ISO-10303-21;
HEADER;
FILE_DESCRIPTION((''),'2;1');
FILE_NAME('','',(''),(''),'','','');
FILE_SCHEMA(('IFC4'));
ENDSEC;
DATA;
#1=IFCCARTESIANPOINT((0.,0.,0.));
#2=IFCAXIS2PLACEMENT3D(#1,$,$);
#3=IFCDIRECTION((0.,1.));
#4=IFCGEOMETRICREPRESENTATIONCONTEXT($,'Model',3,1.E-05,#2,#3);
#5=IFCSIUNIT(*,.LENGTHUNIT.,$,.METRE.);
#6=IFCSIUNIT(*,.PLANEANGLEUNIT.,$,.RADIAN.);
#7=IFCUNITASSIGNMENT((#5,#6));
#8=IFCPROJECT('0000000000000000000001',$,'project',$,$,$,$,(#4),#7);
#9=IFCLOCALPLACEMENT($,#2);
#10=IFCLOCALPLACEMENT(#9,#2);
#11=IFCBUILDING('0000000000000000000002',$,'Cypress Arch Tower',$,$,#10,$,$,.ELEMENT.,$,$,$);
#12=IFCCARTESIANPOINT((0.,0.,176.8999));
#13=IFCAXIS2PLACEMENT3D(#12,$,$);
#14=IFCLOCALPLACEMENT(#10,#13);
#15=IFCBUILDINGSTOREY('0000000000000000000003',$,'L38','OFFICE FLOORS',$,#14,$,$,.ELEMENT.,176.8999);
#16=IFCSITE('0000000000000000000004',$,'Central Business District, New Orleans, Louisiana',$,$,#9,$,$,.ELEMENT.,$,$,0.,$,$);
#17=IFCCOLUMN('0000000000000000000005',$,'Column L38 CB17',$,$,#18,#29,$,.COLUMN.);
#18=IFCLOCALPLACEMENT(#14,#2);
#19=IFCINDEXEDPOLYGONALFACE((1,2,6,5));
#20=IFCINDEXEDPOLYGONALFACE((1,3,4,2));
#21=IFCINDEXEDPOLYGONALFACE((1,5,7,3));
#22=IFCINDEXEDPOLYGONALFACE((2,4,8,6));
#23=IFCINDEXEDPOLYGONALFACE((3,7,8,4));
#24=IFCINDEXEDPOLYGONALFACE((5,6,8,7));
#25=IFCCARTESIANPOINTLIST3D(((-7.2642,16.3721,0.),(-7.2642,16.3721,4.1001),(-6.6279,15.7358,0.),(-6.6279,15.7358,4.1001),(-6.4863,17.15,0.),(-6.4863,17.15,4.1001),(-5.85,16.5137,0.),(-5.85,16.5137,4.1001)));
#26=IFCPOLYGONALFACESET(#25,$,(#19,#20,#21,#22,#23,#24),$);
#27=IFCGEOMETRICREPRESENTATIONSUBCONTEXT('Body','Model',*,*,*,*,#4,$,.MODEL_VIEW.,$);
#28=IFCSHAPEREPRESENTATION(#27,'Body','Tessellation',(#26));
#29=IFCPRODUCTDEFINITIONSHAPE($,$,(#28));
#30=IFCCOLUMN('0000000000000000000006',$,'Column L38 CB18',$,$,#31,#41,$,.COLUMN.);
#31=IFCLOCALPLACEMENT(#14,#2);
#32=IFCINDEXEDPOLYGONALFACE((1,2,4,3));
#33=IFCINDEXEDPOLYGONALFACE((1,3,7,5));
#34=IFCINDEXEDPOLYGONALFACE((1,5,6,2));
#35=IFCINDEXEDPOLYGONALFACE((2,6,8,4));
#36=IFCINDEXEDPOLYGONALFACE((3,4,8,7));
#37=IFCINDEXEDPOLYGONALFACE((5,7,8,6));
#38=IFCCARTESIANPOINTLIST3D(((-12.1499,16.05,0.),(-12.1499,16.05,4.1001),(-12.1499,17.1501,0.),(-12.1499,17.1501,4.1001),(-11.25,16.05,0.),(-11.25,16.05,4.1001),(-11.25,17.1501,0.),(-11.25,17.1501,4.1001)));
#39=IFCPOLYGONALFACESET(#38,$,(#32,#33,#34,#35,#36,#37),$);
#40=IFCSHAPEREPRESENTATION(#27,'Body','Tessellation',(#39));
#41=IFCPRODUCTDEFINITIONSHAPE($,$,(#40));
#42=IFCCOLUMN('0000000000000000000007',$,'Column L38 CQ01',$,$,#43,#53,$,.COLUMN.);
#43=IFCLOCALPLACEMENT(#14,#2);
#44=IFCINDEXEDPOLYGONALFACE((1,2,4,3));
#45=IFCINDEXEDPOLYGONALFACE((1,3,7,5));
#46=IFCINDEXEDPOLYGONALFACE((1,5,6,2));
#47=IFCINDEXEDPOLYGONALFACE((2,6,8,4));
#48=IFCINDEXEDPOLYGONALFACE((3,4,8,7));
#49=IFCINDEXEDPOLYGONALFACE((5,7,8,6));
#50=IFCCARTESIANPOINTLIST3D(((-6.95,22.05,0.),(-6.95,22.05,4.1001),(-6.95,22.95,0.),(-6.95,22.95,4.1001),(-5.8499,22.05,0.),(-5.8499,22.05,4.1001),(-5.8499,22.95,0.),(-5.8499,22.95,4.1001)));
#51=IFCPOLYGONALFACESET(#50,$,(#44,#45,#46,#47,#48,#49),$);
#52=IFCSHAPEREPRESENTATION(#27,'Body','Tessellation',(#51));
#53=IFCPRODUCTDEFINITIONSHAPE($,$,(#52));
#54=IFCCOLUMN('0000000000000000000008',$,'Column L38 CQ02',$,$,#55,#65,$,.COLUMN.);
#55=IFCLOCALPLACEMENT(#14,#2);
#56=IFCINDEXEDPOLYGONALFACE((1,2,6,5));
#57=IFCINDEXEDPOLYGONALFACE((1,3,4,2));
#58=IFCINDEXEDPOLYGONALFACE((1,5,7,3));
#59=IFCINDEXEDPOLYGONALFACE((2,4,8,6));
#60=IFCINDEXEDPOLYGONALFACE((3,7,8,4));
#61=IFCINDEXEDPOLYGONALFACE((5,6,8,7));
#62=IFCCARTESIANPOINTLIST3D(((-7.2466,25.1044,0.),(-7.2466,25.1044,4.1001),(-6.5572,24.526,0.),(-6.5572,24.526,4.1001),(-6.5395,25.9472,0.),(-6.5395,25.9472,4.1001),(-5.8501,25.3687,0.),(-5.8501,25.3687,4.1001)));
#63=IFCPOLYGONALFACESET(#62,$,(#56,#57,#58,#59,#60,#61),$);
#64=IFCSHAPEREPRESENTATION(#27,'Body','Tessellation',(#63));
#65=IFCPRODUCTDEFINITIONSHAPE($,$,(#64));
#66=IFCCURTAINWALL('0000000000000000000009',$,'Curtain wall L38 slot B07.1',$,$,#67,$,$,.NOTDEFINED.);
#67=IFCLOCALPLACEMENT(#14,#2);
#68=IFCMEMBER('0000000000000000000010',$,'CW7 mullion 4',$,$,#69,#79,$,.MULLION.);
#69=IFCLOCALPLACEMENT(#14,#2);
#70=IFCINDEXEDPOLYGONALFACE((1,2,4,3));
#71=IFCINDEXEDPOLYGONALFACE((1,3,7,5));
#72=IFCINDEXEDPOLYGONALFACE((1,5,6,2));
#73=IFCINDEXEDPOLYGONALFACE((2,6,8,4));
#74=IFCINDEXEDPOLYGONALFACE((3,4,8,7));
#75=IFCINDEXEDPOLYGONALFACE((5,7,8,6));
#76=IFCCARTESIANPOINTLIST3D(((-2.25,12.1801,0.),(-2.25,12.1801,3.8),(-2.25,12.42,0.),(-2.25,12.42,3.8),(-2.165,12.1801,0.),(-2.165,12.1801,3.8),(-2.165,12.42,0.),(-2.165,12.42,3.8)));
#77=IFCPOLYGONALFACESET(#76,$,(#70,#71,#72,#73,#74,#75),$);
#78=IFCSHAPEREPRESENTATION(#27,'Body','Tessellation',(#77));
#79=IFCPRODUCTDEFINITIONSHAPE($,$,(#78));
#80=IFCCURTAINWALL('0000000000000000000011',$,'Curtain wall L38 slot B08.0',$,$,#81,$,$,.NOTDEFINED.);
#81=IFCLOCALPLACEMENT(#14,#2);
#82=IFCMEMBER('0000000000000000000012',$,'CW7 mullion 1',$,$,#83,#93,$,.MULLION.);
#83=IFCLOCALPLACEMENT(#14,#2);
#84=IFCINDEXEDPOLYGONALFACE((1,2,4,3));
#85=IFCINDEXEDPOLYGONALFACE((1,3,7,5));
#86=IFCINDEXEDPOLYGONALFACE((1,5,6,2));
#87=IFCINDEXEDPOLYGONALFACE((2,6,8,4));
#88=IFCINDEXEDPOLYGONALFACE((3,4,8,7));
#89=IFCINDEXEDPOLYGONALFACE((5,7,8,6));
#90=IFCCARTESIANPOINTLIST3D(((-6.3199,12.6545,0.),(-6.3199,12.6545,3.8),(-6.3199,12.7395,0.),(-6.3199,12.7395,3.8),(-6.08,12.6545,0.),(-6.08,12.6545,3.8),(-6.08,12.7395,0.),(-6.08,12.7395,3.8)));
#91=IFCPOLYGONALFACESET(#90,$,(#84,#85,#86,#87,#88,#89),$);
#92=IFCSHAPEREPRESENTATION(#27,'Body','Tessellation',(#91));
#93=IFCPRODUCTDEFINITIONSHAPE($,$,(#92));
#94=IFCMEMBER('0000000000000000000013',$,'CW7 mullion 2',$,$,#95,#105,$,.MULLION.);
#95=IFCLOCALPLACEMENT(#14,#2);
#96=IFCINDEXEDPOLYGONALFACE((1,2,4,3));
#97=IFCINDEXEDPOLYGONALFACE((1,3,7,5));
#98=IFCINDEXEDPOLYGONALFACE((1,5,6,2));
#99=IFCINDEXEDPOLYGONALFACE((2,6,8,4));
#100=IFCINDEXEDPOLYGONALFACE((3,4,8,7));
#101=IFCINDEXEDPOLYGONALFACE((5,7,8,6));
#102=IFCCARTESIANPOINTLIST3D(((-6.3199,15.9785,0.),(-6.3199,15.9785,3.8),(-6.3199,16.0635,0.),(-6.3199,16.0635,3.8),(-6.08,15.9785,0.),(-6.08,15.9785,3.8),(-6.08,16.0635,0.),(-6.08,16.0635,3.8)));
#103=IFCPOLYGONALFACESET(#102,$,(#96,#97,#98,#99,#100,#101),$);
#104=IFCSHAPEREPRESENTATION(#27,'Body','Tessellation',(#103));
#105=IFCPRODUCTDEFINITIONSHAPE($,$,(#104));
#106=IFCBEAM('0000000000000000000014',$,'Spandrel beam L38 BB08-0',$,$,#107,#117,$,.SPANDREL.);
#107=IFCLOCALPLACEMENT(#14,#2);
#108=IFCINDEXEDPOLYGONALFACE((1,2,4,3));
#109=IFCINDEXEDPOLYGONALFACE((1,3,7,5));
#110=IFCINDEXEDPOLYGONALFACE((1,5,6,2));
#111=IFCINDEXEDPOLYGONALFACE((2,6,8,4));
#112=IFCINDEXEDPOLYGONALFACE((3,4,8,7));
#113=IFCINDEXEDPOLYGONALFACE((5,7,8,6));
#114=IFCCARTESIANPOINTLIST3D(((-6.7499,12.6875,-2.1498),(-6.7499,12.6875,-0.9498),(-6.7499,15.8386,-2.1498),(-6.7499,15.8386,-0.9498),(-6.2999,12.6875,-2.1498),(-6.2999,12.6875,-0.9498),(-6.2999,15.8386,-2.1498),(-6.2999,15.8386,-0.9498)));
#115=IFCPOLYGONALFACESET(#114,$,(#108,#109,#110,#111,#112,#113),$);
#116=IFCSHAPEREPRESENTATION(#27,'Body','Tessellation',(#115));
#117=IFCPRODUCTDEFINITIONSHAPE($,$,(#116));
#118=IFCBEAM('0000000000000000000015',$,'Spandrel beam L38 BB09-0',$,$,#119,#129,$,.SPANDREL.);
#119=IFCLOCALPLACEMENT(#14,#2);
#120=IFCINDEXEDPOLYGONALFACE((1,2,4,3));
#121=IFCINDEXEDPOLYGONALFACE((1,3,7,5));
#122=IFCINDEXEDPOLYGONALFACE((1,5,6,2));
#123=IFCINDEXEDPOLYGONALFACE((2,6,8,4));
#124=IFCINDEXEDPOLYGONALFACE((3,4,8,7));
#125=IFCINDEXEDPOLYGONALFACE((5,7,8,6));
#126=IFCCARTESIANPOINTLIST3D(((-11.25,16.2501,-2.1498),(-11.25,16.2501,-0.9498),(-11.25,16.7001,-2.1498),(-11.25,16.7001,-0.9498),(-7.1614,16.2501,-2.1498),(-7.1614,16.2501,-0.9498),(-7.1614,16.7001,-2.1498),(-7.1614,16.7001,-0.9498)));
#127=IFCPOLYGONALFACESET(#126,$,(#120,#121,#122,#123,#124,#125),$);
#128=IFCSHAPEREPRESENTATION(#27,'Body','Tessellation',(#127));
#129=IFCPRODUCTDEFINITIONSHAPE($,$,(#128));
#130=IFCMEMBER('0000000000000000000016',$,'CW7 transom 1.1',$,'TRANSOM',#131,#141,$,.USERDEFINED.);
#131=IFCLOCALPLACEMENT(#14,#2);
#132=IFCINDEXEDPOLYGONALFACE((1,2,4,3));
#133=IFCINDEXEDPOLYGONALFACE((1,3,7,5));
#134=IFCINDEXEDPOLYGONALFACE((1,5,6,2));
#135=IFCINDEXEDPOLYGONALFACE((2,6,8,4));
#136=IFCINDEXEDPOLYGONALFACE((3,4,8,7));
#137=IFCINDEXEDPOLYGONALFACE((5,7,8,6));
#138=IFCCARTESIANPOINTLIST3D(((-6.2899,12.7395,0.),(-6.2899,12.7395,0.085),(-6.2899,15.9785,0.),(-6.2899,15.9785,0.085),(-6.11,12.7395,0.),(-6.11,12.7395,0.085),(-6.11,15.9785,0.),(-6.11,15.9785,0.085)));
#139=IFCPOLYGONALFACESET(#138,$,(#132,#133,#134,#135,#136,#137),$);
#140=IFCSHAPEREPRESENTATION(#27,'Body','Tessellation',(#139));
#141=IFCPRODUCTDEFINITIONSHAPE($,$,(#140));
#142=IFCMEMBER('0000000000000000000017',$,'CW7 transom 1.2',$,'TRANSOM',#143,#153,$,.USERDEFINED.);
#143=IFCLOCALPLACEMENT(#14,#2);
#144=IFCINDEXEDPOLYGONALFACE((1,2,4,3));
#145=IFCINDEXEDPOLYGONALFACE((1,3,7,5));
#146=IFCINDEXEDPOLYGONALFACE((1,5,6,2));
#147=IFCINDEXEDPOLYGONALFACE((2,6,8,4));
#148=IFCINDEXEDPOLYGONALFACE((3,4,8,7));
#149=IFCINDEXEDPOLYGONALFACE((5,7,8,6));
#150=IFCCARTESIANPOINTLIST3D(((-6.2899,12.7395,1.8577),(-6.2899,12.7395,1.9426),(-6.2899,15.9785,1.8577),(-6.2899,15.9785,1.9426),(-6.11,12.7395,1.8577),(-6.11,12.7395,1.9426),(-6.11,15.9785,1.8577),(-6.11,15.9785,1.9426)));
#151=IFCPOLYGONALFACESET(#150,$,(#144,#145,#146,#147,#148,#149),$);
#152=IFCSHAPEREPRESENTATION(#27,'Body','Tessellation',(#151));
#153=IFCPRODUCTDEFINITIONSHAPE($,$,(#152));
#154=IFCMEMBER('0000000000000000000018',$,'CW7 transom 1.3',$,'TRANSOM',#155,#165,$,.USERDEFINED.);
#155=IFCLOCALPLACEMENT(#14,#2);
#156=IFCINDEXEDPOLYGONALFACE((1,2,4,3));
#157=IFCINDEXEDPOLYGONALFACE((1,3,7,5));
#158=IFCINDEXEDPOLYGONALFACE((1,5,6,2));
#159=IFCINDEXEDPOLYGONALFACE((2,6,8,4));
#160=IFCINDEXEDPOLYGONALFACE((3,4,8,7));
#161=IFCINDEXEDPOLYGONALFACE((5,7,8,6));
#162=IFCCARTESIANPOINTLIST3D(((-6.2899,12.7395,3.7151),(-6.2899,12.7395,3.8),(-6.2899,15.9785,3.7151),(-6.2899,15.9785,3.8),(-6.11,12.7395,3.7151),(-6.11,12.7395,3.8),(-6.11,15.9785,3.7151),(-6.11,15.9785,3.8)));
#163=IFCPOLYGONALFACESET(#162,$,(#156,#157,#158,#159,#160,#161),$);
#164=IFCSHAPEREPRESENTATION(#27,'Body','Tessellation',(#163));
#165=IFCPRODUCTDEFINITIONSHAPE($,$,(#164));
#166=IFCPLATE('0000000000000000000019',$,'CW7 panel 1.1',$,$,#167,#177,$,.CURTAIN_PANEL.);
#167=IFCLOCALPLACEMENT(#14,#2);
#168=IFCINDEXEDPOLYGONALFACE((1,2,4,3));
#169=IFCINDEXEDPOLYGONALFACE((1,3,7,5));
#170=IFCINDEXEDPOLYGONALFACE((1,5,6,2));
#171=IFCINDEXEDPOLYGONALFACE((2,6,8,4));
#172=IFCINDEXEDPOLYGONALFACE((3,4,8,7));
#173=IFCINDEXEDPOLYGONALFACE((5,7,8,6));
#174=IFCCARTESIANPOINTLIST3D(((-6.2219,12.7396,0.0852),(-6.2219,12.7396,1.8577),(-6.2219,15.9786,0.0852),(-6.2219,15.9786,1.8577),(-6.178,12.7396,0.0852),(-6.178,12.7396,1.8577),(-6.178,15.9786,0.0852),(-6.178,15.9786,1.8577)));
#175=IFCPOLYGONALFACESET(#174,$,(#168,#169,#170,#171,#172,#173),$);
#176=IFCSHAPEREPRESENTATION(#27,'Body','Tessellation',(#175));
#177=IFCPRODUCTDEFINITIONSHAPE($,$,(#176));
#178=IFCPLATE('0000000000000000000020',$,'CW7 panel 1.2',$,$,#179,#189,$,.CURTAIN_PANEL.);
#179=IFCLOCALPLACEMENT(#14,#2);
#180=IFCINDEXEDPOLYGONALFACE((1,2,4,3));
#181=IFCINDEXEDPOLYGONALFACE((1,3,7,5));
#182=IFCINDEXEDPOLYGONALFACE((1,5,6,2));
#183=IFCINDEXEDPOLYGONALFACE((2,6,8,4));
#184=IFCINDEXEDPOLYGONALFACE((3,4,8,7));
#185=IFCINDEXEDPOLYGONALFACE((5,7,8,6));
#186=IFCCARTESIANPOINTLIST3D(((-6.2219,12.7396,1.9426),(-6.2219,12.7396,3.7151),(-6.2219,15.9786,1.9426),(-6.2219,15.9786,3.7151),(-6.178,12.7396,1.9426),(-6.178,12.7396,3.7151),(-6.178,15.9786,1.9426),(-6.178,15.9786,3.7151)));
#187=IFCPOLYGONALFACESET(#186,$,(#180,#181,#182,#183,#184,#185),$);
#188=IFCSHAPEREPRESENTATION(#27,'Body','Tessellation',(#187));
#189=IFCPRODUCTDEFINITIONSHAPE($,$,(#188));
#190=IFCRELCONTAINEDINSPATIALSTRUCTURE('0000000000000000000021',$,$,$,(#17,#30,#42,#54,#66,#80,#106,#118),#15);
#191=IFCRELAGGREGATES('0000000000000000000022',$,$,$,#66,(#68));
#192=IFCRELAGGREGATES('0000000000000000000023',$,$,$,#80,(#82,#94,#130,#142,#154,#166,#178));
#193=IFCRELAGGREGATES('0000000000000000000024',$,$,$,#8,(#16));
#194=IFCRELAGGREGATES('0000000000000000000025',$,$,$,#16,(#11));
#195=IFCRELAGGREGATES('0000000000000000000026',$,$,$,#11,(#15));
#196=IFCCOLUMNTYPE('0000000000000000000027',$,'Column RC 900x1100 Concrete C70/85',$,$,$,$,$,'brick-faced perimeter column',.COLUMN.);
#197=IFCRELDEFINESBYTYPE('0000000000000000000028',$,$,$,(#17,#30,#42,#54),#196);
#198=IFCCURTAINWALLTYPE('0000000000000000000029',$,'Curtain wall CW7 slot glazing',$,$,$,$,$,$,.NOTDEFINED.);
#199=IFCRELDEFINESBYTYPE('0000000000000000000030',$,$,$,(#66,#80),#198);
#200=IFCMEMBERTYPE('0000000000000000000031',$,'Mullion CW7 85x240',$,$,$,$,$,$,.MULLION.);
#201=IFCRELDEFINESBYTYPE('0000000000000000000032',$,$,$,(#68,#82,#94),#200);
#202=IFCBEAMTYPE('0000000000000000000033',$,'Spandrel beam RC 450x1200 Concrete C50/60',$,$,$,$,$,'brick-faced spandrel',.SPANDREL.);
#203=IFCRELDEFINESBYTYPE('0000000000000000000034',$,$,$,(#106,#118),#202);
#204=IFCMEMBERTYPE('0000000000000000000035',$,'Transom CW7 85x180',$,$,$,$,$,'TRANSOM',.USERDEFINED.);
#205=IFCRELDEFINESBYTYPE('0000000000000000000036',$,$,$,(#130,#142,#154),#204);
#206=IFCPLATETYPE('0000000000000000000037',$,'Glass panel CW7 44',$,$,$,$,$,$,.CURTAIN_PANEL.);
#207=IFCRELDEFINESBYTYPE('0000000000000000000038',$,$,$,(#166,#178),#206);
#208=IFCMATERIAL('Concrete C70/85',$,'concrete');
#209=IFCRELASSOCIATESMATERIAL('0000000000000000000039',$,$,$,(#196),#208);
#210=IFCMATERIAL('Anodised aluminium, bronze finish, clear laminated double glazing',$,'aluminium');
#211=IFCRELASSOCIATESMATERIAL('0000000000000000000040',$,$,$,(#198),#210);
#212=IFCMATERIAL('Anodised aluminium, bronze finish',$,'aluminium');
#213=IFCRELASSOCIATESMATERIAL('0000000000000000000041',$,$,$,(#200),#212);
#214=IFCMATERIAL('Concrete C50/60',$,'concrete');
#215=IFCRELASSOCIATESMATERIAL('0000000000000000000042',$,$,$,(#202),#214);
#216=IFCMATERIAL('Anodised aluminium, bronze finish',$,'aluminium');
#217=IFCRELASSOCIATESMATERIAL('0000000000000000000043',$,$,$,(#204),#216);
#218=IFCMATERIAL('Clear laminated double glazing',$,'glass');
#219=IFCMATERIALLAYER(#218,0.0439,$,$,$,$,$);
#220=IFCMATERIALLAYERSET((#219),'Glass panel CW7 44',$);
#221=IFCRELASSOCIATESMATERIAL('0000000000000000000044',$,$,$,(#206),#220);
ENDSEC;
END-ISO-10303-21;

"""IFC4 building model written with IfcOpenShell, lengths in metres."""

from ifc_helpers import new_model, si_unit, direction, frame, origin, origin_2d, place, context, subcontext, project, spatial, rectangle, extrude, material, layer, layer_set, material_profile, profile_set, type_object, element, aggregate, save


model = new_model("IFC4")

# Units and contexts
model_context = context("Model", 3, precision=1e-05, world=origin(), true_north=direction((0.0, 1.0)))
body_context = subcontext(model_context, "Body", "Model", "MODEL_VIEW")
ifc_project = project(units=[si_unit("LENGTHUNIT", "METRE"), si_unit("PLANEANGLEUNIT", "RADIAN")], contexts=[model_context])

# Site, building, storey
site_placement = place(None, origin())
site = spatial("IfcSite", under=ifc_project, at=site_placement, Name="Central Business District, New Orleans, Louisiana", CompositionType="ELEMENT", RefElevation=0.0)
building_placement = place(site_placement, origin())
building = spatial("IfcBuilding", under=site, at=building_placement, Name="Cypress Arch Tower", CompositionType="ELEMENT")
storey_placement = place(building_placement, frame((0.0, 0.0, 176.8999)))
storey = spatial("IfcBuildingStorey", under=building, at=storey_placement, Name="L38", Description="OFFICE FLOORS", CompositionType="ELEMENT", Elevation=176.8999)

# Columns
ifc_material_1 = material(Name="Concrete C70/85", Category="concrete")
ifc_material_profile_1 = material_profile(ifc_material_1, rectangle(XDim=0.8999, YDim=1.1001, at=origin_2d()), Name="RC 900x1100")
ifc_profile_set_1 = profile_set([ifc_material_profile_1], Name="Concrete C70/85")
column_type = type_object("IfcColumnType", Name="Column RC 900x1100 Concrete C70/85", ElementType="brick-faced perimeter column", PredefinedType="COLUMN", material=ifc_profile_set_1)
for number, where, z_axis, x_axis, name in (
    (1, (-6.5571, 16.4429, 0.0), (0.0, 0.0, 1.0), (-0.707107, 0.707107, 0.0), "Column L38 CB17"),
    (2, (-11.7, 16.6001, 0.0), (0.0, 0.0, 1.0), (-1.0, 0.0, 0.0), "Column L38 CB18"),
    (3, (-6.3999, 22.5, 0.0), (0.0, 0.0, 1.0), (0.0, 1.0, 0.0), "Column L38 CQ01"),
    (4, (-6.5483, 25.2366, 0.0), (0.0, 0.0, 1.0), (-0.766064, 0.642765, 0.0), "Column L38 CQ02"),
):
    element("IfcColumn", number, at=place(storey_placement, frame(where, z_axis=z_axis, x_axis=x_axis)), inside=storey, type_object=column_type, Name=name, PredefinedType="COLUMN", context=body_context, shape_type="SweptSolid", body=[
        extrude(rectangle(XDim=0.8999, YDim=1.1001, at=origin_2d()), origin(), (0.0, 0.0, 1.0), 4.1001),
    ])

# Curtain wall, member
ifc_material_2 = material(Name="Anodised aluminium, bronze finish, clear laminated double glazing", Category="aluminium")
curtain_wall_type = type_object("IfcCurtainWallType", Name="Curtain wall CW7 slot glazing", PredefinedType="NOTDEFINED", material=ifc_material_2)
curtain_wall_1_placement = place(storey_placement, origin())
curtain_wall_1 = element("IfcCurtainWall", 5, at=curtain_wall_1_placement, inside=storey, type_object=curtain_wall_type, Name="Curtain wall L38 slot B07.1", PredefinedType="NOTDEFINED")
ifc_material_3 = material(Name="Anodised aluminium, bronze finish", Category="aluminium")
ifc_material_profile_2 = material_profile(ifc_material_3, rectangle(XDim=0.24, YDim=0.085, at=origin_2d()), Name="Mullion 85x240")
ifc_profile_set_2 = profile_set([ifc_material_profile_2], Name="Anodised aluminium, bronze finish")
member_type_1 = type_object("IfcMemberType", Name="Mullion CW7 85x240", PredefinedType="MULLION", material=ifc_profile_set_2)
member_1_placement = place(storey_placement, frame((-2.2075, 12.3, 0.0), z_axis=(0.0, 0.0, 1.0), x_axis=(0.0, -1.0, 0.0)))
member_1 = element("IfcMember", 6, at=member_1_placement, type_object=member_type_1, Name="CW7 mullion 4", PredefinedType="MULLION", context=body_context, shape_type="SweptSolid", body=[
    extrude(rectangle(XDim=0.24, YDim=0.085, at=origin_2d()), origin(), (0.0, 0.0, 1.0), 3.8),
])
aggregate(curtain_wall_1, [member_1])

# Curtain wall, members
curtain_wall_2_placement = place(storey_placement, origin())
curtain_wall_2 = element("IfcCurtainWall", 7, at=curtain_wall_2_placement, inside=storey, type_object=curtain_wall_type, Name="Curtain wall L38 slot B08.0", PredefinedType="NOTDEFINED")
member_2_placement = place(storey_placement, frame((-6.2, 12.697, 0.0), z_axis=(0.0, 0.0, 1.0), x_axis=(-1.0, 0.0, 0.0)))
member_2 = element("IfcMember", 8, at=member_2_placement, type_object=member_type_1, Name="CW7 mullion 1", PredefinedType="MULLION", context=body_context, shape_type="SweptSolid", body=[
    extrude(rectangle(XDim=0.24, YDim=0.085, at=origin_2d()), origin(), (0.0, 0.0, 1.0), 3.8),
])
member_3_placement = place(storey_placement, frame((-6.2, 16.021, 0.0), z_axis=(0.0, 0.0, 1.0), x_axis=(-1.0, 0.0, 0.0)))
member_3 = element("IfcMember", 9, at=member_3_placement, type_object=member_type_1, Name="CW7 mullion 2", PredefinedType="MULLION", context=body_context, shape_type="SweptSolid", body=[
    extrude(rectangle(XDim=0.24, YDim=0.085, at=origin_2d()), origin(), (0.0, 0.0, 1.0), 3.8),
])

# Beams
ifc_material_4 = material(Name="Concrete C50/60", Category="concrete")
ifc_material_profile_3 = material_profile(ifc_material_4, rectangle(XDim=0.45, YDim=1.2, at=origin_2d()), Name="RC 450x1200")
ifc_profile_set_3 = profile_set([ifc_material_profile_3], Name="Concrete C50/60")
beam_type = type_object("IfcBeamType", Name="Spandrel beam RC 450x1200 Concrete C50/60", ElementType="brick-faced spandrel", PredefinedType="SPANDREL", material=ifc_profile_set_3)
beam_1_placement = place(storey_placement, frame((-6.5249, 12.6875, -1.5498), z_axis=(0.0, 1.0, 0.0), x_axis=(-1.0, 0.0, 0.0)))
element("IfcBeam", 10, at=beam_1_placement, inside=storey, type_object=beam_type, Name="Spandrel beam L38 BB08-0", PredefinedType="SPANDREL", context=body_context, shape_type="SweptSolid", body=[
    extrude(rectangle(XDim=0.45, YDim=1.2, at=origin_2d()), origin(), (0.0, 0.0, 1.0), 3.1511),
])
beam_2_placement = place(storey_placement, frame((-7.1614, 16.4751, -1.5498), z_axis=(-1.0, 0.0, 0.0), x_axis=(0.0, -1.0, 0.0)))
element("IfcBeam", 11, at=beam_2_placement, inside=storey, type_object=beam_type, Name="Spandrel beam L38 BB09-0", PredefinedType="SPANDREL", context=body_context, shape_type="SweptSolid", body=[
    extrude(rectangle(XDim=0.45, YDim=1.2, at=origin_2d()), origin(), (0.0, 0.0, 1.0), 4.0886),
])

# Members
ifc_material_5 = material(Name="Anodised aluminium, bronze finish", Category="aluminium")
ifc_material_profile_4 = material_profile(ifc_material_5, rectangle(XDim=0.1799, YDim=0.085, at=origin_2d()), Name="Transom 85x180")
ifc_profile_set_4 = profile_set([ifc_material_profile_4], Name="Anodised aluminium, bronze finish")
member_type_2 = type_object("IfcMemberType", Name="Transom CW7 85x180", ElementType="TRANSOM", PredefinedType="USERDEFINED", material=ifc_profile_set_4)
member_4_placement = place(storey_placement, frame((-6.2, 12.7395, 0.0425), z_axis=(0.0, 1.0, 0.0), x_axis=(-1.0, 0.0, 0.0)))
member_4 = element("IfcMember", 12, at=member_4_placement, type_object=member_type_2, Name="CW7 transom 1.1", ObjectType="TRANSOM", PredefinedType="USERDEFINED", context=body_context, shape_type="SweptSolid", body=[
    extrude(rectangle(XDim=0.1799, YDim=0.085, at=origin_2d()), origin(), (0.0, 0.0, 1.0), 3.239),
])
member_5_placement = place(storey_placement, frame((-6.2, 12.7395, 1.9001), z_axis=(0.0, 1.0, 0.0), x_axis=(-1.0, 0.0, 0.0)))
member_5 = element("IfcMember", 13, at=member_5_placement, type_object=member_type_2, Name="CW7 transom 1.2", ObjectType="TRANSOM", PredefinedType="USERDEFINED", context=body_context, shape_type="SweptSolid", body=[
    extrude(rectangle(XDim=0.1799, YDim=0.085, at=origin_2d()), origin(), (0.0, 0.0, 1.0), 3.239),
])
member_6_placement = place(storey_placement, frame((-6.2, 12.7395, 3.7576), z_axis=(0.0, 1.0, 0.0), x_axis=(-1.0, 0.0, 0.0)))
member_6 = element("IfcMember", 14, at=member_6_placement, type_object=member_type_2, Name="CW7 transom 1.3", ObjectType="TRANSOM", PredefinedType="USERDEFINED", context=body_context, shape_type="SweptSolid", body=[
    extrude(rectangle(XDim=0.1799, YDim=0.085, at=origin_2d()), origin(), (0.0, 0.0, 1.0), 3.239),
])

# Plates
ifc_material_6 = material(Name="Clear laminated double glazing", Category="glass")
ifc_layer_1 = layer(ifc_material_6, 0.0439)
ifc_layer_set_1 = layer_set([ifc_layer_1], Name="Glass panel CW7 44")
plate_type = type_object("IfcPlateType", Name="Glass panel CW7 44", PredefinedType="CURTAIN_PANEL", material=ifc_layer_set_1)
plate_1_placement = place(storey_placement, frame((-6.2, 14.3591, 0.0852), z_axis=(0.0, 0.0, 1.0), x_axis=(0.0, 1.0, 0.0)))
plate_1 = element("IfcPlate", 15, at=plate_1_placement, type_object=plate_type, Name="CW7 panel 1.1", PredefinedType="CURTAIN_PANEL", context=body_context, shape_type="SweptSolid", body=[
    extrude(rectangle(XDim=3.239, YDim=0.0439, at=origin_2d()), origin(), (0.0, 0.0, 1.0), 1.7725),
])
plate_2_placement = place(storey_placement, frame((-6.2, 14.3591, 1.9426), z_axis=(0.0, 0.0, 1.0), x_axis=(0.0, 1.0, 0.0)))
plate_2 = element("IfcPlate", 16, at=plate_2_placement, type_object=plate_type, Name="CW7 panel 1.2", PredefinedType="CURTAIN_PANEL", context=body_context, shape_type="SweptSolid", body=[
    extrude(rectangle(XDim=3.239, YDim=0.0439, at=origin_2d()), origin(), (0.0, 0.0, 1.0), 1.7725),
])
aggregate(curtain_wall_2, [member_2, member_3, member_4, member_5, member_6, plate_1, plate_2])

save(model, "model.ifc")
